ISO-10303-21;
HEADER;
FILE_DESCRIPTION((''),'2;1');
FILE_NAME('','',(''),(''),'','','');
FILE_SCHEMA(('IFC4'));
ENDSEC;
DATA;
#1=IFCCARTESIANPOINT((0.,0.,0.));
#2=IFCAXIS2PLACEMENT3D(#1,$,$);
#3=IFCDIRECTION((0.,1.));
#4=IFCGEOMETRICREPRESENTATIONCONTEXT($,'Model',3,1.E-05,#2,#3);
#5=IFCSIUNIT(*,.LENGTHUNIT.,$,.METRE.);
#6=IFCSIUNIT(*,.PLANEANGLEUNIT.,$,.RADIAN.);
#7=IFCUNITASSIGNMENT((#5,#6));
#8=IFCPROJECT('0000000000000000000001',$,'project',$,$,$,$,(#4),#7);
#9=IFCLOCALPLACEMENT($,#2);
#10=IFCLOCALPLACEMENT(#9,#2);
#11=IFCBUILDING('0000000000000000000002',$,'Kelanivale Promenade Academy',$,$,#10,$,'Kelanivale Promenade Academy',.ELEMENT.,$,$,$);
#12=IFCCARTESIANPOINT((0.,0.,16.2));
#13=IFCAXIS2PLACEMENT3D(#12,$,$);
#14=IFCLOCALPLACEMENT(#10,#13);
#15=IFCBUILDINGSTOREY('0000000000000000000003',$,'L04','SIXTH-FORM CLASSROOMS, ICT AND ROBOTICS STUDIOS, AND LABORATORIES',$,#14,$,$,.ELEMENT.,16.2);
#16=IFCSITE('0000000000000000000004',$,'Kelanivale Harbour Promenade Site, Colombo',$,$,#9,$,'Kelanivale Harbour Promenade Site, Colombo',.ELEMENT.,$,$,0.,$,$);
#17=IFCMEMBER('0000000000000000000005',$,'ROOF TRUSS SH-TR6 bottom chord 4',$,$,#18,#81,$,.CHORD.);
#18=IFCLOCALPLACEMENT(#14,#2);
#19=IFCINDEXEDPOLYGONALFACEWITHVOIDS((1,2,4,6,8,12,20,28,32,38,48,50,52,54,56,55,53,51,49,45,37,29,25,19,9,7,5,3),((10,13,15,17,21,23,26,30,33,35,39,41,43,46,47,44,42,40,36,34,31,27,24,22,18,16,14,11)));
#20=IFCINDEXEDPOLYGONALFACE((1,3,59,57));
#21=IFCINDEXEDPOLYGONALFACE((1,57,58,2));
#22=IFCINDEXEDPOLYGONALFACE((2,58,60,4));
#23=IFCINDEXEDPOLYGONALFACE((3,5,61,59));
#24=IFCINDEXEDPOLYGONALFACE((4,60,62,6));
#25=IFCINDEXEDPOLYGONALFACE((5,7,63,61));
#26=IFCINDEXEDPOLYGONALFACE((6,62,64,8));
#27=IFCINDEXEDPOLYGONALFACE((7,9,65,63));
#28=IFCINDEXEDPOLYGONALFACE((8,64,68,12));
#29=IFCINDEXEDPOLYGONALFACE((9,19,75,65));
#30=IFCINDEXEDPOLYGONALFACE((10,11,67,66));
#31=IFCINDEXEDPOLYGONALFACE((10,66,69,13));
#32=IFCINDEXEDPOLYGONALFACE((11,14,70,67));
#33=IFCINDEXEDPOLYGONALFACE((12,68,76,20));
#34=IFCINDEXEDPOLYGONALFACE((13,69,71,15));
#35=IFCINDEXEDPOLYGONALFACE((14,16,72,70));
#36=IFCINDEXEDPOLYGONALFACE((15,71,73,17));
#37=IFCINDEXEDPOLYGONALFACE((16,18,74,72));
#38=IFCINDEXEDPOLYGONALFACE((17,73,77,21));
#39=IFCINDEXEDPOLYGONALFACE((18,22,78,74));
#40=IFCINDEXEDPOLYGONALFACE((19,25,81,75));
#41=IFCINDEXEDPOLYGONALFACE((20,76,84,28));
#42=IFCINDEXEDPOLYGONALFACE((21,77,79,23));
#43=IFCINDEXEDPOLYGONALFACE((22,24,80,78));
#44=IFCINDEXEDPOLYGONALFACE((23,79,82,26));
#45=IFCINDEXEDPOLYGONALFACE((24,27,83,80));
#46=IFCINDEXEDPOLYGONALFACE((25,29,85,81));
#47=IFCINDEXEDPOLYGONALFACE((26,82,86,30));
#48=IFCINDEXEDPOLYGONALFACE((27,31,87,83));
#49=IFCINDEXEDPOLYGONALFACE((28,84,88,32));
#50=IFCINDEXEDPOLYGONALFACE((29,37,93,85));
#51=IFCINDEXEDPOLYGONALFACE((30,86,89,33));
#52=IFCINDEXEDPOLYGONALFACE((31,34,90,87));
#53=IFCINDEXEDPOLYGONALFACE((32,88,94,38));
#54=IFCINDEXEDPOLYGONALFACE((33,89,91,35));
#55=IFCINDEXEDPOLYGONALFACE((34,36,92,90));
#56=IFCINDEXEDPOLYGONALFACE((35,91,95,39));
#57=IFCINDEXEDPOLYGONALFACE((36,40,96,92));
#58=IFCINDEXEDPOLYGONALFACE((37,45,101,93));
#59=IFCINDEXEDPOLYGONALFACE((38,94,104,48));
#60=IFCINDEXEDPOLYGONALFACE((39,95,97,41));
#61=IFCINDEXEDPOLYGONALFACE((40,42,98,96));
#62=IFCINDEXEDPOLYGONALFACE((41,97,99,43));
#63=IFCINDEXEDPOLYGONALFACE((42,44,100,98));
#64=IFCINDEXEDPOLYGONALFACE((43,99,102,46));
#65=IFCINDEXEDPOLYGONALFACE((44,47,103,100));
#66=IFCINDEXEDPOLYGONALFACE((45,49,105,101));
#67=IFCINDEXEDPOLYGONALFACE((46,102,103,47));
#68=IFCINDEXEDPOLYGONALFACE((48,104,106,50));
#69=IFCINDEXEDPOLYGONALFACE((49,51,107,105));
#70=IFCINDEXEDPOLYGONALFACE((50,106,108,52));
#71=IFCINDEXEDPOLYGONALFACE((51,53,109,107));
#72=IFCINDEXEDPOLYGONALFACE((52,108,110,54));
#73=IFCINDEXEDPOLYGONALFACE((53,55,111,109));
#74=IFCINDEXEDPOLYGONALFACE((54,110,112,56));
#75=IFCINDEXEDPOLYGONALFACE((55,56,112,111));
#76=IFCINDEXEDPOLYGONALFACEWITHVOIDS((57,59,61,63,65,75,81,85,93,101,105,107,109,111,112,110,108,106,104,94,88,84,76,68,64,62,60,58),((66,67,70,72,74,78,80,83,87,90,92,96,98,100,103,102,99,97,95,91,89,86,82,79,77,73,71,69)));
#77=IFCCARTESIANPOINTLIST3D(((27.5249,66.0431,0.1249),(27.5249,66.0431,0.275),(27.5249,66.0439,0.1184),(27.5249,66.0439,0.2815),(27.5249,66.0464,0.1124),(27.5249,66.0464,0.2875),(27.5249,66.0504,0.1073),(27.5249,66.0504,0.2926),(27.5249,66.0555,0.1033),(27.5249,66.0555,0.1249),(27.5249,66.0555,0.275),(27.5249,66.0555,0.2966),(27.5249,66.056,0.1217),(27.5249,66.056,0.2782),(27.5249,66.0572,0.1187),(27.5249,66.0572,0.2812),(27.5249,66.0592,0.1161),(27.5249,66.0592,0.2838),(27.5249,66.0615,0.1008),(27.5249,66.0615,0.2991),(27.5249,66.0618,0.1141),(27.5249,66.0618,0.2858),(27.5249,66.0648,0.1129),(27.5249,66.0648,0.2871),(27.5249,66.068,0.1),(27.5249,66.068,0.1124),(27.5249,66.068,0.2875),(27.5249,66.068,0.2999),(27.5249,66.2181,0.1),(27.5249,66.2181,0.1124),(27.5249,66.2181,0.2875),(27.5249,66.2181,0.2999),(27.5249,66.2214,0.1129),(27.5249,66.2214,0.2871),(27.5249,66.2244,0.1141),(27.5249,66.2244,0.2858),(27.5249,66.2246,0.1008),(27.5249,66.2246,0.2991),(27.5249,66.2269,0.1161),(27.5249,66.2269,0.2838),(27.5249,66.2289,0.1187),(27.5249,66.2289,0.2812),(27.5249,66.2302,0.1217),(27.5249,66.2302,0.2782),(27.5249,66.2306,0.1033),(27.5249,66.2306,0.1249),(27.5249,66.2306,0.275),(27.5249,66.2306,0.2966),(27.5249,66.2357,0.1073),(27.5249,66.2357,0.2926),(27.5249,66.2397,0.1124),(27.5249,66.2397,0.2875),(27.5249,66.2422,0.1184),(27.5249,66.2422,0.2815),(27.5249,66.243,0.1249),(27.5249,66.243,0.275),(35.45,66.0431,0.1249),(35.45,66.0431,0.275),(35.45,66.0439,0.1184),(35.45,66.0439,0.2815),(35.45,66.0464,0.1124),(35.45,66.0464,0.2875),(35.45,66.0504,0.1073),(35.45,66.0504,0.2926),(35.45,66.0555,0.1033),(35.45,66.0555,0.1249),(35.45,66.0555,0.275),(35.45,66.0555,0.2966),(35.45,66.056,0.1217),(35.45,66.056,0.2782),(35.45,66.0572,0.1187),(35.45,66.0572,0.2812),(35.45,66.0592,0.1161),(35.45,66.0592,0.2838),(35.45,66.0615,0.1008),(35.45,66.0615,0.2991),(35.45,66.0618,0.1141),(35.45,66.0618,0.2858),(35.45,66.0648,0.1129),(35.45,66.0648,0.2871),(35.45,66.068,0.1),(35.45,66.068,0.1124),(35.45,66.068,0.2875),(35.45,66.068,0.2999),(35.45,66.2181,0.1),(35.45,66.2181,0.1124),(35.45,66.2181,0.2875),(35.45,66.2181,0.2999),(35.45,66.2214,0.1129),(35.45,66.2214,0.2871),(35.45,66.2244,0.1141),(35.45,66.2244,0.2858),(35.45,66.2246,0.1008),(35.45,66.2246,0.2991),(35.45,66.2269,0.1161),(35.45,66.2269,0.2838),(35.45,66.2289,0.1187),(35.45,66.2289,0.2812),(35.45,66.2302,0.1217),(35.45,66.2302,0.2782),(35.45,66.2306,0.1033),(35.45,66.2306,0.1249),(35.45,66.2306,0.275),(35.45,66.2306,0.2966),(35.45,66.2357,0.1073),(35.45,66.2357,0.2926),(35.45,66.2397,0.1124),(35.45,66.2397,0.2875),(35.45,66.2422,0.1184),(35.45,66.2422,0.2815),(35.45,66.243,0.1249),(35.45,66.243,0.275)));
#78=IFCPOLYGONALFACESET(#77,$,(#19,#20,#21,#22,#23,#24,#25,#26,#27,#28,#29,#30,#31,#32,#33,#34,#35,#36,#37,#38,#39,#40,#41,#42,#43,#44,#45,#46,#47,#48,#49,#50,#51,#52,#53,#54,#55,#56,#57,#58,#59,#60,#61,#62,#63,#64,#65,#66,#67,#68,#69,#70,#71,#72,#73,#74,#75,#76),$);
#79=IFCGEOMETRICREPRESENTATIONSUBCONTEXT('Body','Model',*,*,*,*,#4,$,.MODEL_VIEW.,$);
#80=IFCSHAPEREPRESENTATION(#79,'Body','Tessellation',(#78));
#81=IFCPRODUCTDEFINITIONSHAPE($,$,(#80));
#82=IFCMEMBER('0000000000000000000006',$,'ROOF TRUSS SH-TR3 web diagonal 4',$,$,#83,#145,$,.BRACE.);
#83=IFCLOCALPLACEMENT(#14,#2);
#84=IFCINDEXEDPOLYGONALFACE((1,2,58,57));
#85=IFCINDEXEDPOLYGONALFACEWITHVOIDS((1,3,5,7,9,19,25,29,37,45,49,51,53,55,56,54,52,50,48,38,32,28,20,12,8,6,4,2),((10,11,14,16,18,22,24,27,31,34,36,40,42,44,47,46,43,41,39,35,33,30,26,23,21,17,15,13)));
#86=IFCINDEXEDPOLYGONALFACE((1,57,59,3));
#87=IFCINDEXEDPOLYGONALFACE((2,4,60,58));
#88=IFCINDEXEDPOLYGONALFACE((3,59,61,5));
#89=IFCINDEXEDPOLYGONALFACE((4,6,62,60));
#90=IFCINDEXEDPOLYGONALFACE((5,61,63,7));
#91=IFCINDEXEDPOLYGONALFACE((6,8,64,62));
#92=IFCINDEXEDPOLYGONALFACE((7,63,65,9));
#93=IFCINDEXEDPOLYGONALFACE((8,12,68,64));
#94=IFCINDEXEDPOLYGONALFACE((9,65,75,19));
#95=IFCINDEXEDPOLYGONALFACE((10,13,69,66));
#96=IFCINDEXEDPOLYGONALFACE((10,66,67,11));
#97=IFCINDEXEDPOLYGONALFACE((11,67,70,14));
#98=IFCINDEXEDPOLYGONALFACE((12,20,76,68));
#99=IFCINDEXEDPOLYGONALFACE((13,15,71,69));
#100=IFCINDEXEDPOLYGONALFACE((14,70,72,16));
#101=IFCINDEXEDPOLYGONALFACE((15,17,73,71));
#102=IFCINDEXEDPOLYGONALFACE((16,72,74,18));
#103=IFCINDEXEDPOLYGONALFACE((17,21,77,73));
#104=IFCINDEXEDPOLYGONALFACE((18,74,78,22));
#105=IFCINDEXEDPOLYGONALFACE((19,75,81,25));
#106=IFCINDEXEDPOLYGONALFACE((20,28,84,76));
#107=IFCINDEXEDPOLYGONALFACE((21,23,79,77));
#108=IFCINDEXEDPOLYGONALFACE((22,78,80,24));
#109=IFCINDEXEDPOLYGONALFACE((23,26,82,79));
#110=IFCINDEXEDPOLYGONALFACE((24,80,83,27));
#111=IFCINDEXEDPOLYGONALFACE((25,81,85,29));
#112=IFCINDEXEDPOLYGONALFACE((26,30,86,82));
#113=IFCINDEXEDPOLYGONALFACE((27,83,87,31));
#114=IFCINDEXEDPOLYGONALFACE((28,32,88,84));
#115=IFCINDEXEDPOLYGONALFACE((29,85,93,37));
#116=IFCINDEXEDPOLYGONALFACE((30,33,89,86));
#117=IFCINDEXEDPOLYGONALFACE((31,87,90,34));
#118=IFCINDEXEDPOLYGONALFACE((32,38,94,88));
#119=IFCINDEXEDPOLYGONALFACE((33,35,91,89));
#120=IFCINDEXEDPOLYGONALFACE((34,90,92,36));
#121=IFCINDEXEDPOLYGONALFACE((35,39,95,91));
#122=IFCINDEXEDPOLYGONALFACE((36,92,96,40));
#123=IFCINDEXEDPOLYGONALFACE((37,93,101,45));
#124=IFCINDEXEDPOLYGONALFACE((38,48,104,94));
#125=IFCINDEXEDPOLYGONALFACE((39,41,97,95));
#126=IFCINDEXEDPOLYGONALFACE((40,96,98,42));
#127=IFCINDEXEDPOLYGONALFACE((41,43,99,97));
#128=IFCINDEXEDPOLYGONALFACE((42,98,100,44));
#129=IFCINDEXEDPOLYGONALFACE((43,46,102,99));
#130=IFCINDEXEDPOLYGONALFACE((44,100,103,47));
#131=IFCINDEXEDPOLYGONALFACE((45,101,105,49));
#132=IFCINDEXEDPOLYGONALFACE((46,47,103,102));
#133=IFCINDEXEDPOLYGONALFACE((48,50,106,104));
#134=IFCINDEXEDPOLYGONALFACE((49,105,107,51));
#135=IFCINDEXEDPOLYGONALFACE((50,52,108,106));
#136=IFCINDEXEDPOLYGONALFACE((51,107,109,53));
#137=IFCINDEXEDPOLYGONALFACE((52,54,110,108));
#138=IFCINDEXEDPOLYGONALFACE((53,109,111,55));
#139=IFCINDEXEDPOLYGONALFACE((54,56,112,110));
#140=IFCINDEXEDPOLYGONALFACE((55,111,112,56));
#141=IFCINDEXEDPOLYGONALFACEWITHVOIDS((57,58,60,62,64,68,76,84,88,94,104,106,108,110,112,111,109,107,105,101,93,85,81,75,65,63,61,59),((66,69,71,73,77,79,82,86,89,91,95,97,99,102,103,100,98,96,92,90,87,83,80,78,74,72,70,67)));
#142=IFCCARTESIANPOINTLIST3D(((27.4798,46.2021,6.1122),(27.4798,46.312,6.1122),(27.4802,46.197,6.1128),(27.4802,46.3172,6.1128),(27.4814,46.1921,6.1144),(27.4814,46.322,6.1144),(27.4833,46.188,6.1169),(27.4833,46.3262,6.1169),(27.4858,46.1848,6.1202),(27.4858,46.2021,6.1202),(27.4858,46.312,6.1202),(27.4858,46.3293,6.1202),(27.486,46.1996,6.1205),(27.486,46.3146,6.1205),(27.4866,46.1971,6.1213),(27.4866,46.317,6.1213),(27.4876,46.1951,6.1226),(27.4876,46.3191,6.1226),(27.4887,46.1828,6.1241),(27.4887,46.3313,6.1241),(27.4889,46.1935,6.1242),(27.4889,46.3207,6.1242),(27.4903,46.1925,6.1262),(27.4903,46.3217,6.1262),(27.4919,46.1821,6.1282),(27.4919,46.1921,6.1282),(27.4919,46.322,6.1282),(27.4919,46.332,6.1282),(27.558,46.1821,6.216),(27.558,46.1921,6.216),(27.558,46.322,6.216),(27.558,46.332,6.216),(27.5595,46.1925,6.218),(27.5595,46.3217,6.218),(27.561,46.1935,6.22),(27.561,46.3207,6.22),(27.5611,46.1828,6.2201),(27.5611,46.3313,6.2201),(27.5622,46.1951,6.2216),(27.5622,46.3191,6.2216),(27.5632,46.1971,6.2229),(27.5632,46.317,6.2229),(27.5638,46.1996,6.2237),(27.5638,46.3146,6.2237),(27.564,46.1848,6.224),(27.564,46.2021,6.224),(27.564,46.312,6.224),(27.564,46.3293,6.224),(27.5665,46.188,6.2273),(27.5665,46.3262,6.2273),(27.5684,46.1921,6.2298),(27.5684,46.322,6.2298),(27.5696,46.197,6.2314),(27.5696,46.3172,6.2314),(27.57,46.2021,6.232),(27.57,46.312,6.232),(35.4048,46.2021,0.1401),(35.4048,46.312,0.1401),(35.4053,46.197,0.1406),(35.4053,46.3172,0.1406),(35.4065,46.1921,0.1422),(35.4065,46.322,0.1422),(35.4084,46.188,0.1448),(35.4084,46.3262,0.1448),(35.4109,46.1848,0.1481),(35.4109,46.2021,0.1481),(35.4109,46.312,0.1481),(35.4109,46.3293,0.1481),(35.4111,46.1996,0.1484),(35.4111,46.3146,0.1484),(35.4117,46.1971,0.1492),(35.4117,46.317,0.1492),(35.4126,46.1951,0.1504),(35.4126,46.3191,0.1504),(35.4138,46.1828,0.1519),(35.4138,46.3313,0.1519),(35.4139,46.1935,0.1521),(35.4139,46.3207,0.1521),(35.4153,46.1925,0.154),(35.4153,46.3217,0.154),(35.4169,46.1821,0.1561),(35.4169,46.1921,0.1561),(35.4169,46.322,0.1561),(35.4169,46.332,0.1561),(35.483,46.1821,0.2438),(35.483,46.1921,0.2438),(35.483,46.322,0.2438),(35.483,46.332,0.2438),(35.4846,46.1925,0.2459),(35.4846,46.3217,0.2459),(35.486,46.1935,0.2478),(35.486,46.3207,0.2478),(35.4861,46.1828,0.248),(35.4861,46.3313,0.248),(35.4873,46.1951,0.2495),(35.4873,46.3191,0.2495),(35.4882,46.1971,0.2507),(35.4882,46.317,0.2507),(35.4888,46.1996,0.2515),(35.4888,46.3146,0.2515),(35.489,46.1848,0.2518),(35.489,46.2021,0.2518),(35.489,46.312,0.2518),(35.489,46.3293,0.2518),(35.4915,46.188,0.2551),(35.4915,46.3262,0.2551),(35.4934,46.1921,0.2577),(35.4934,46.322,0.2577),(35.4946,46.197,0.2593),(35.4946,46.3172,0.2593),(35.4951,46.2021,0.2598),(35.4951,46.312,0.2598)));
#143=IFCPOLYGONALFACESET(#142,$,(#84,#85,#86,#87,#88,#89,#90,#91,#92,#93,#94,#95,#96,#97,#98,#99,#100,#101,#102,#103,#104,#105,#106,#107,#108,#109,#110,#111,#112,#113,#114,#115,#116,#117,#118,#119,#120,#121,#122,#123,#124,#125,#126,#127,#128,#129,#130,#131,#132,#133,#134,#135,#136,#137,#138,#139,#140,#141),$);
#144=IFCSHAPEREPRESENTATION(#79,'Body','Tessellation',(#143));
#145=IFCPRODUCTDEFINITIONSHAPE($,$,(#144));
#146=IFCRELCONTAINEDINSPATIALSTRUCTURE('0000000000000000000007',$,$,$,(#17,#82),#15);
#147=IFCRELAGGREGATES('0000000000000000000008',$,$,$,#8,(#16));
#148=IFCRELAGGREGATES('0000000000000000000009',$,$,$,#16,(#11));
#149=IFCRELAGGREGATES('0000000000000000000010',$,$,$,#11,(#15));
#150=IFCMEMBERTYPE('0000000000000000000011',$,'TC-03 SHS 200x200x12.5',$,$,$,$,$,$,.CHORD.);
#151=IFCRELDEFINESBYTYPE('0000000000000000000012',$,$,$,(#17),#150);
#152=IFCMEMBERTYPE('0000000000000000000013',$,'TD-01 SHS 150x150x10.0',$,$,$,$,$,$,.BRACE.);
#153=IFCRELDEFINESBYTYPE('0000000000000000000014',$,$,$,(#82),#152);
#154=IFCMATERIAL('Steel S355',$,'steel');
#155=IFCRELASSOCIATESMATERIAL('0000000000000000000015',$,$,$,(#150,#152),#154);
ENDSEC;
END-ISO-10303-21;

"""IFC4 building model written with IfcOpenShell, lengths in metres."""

from ifc_helpers import new_model, si_unit, direction, frame, origin, origin_2d, place, context, subcontext, project, spatial, hollow_rectangle, extrude, material, material_profile, profile_set, type_object, element, save


model = new_model("IFC4")

# Units and contexts
model_context = context("Model", 3, precision=1e-05, world=origin(), true_north=direction((0.0, 1.0)))
body_context = subcontext(model_context, "Body", "Model", "MODEL_VIEW")
ifc_project = project(units=[si_unit("LENGTHUNIT", "METRE"), si_unit("PLANEANGLEUNIT", "RADIAN")], contexts=[model_context])

# Site, building, storey
site_placement = place(None, origin())
site = spatial("IfcSite", under=ifc_project, at=site_placement, Name="Kelanivale Harbour Promenade Site, Colombo", LongName="Kelanivale Harbour Promenade Site, Colombo", CompositionType="ELEMENT", RefElevation=0.0)
building_placement = place(site_placement, origin())
building = spatial("IfcBuilding", under=site, at=building_placement, Name="Kelanivale Promenade Academy", LongName="Kelanivale Promenade Academy", CompositionType="ELEMENT")
storey_placement = place(building_placement, frame((0.0, 0.0, 16.2)))
storey = spatial("IfcBuildingStorey", under=building, at=storey_placement, Name="L04", Description="SIXTH-FORM CLASSROOMS, ICT AND ROBOTICS STUDIOS, AND LABORATORIES", CompositionType="ELEMENT", Elevation=16.2)

# Shared definitions
ifc_material_1 = material(Name="Steel S355", Category="steel")

# Members
ifc_material_profile_1 = material_profile(ifc_material_1, hollow_rectangle(XDim=0.2, YDim=0.2, WallThickness=0.0125, InnerFilletRadius=0.0125, OuterFilletRadius=0.0249, at=origin_2d()), Name="SHS 200x200x12.5")
ifc_profile_set_1 = profile_set([ifc_material_profile_1], Name="Steel S355")
member_type_1 = type_object("IfcMemberType", Name="TC-03 SHS 200x200x12.5", PredefinedType="CHORD", material=ifc_profile_set_1)
member_1_placement = place(storey_placement, frame((27.5249, 66.1431, 0.2), z_axis=(1.0, 0.0, 0.0), x_axis=(0.0, 1.0, 0.0)))
element("IfcMember", 1, at=member_1_placement, inside=storey, type_object=member_type_1, Name="ROOF TRUSS SH-TR6 bottom chord 4", PredefinedType="CHORD", context=body_context, shape_type="SweptSolid", body=[
    extrude(hollow_rectangle(XDim=0.2, YDim=0.2, WallThickness=0.0125, InnerFilletRadius=0.0125, OuterFilletRadius=0.0249, at=origin_2d()), origin(), (0.0, 0.0, 1.0), 7.925),
])
ifc_material_profile_2 = material_profile(ifc_material_1, hollow_rectangle(XDim=0.1499, YDim=0.1499, WallThickness=0.01, InnerFilletRadius=0.01, OuterFilletRadius=0.02, at=origin_2d()), Name="SHS 150x150x10.0")
ifc_profile_set_2 = profile_set([ifc_material_profile_2], Name="Steel S355")
member_type_2 = type_object("IfcMemberType", Name="TD-01 SHS 150x150x10.0", PredefinedType="BRACE", material=ifc_profile_set_2)
member_2_placement = place(storey_placement, frame((35.45, 46.2571, 0.2), z_axis=(-0.798625, 0.0, 0.601829), x_axis=(0.0, -1.0, 0.0)))
element("IfcMember", 2, at=member_2_placement, inside=storey, type_object=member_type_2, Name="ROOF TRUSS SH-TR3 web diagonal 4", PredefinedType="BRACE", context=body_context, shape_type="SweptSolid", body=[
    extrude(hollow_rectangle(XDim=0.1499, YDim=0.1499, WallThickness=0.01, InnerFilletRadius=0.01, OuterFilletRadius=0.02, at=origin_2d()), origin(), (0.0, 0.0, 1.0), 9.9233),
])

save(model, "model.ifc")
